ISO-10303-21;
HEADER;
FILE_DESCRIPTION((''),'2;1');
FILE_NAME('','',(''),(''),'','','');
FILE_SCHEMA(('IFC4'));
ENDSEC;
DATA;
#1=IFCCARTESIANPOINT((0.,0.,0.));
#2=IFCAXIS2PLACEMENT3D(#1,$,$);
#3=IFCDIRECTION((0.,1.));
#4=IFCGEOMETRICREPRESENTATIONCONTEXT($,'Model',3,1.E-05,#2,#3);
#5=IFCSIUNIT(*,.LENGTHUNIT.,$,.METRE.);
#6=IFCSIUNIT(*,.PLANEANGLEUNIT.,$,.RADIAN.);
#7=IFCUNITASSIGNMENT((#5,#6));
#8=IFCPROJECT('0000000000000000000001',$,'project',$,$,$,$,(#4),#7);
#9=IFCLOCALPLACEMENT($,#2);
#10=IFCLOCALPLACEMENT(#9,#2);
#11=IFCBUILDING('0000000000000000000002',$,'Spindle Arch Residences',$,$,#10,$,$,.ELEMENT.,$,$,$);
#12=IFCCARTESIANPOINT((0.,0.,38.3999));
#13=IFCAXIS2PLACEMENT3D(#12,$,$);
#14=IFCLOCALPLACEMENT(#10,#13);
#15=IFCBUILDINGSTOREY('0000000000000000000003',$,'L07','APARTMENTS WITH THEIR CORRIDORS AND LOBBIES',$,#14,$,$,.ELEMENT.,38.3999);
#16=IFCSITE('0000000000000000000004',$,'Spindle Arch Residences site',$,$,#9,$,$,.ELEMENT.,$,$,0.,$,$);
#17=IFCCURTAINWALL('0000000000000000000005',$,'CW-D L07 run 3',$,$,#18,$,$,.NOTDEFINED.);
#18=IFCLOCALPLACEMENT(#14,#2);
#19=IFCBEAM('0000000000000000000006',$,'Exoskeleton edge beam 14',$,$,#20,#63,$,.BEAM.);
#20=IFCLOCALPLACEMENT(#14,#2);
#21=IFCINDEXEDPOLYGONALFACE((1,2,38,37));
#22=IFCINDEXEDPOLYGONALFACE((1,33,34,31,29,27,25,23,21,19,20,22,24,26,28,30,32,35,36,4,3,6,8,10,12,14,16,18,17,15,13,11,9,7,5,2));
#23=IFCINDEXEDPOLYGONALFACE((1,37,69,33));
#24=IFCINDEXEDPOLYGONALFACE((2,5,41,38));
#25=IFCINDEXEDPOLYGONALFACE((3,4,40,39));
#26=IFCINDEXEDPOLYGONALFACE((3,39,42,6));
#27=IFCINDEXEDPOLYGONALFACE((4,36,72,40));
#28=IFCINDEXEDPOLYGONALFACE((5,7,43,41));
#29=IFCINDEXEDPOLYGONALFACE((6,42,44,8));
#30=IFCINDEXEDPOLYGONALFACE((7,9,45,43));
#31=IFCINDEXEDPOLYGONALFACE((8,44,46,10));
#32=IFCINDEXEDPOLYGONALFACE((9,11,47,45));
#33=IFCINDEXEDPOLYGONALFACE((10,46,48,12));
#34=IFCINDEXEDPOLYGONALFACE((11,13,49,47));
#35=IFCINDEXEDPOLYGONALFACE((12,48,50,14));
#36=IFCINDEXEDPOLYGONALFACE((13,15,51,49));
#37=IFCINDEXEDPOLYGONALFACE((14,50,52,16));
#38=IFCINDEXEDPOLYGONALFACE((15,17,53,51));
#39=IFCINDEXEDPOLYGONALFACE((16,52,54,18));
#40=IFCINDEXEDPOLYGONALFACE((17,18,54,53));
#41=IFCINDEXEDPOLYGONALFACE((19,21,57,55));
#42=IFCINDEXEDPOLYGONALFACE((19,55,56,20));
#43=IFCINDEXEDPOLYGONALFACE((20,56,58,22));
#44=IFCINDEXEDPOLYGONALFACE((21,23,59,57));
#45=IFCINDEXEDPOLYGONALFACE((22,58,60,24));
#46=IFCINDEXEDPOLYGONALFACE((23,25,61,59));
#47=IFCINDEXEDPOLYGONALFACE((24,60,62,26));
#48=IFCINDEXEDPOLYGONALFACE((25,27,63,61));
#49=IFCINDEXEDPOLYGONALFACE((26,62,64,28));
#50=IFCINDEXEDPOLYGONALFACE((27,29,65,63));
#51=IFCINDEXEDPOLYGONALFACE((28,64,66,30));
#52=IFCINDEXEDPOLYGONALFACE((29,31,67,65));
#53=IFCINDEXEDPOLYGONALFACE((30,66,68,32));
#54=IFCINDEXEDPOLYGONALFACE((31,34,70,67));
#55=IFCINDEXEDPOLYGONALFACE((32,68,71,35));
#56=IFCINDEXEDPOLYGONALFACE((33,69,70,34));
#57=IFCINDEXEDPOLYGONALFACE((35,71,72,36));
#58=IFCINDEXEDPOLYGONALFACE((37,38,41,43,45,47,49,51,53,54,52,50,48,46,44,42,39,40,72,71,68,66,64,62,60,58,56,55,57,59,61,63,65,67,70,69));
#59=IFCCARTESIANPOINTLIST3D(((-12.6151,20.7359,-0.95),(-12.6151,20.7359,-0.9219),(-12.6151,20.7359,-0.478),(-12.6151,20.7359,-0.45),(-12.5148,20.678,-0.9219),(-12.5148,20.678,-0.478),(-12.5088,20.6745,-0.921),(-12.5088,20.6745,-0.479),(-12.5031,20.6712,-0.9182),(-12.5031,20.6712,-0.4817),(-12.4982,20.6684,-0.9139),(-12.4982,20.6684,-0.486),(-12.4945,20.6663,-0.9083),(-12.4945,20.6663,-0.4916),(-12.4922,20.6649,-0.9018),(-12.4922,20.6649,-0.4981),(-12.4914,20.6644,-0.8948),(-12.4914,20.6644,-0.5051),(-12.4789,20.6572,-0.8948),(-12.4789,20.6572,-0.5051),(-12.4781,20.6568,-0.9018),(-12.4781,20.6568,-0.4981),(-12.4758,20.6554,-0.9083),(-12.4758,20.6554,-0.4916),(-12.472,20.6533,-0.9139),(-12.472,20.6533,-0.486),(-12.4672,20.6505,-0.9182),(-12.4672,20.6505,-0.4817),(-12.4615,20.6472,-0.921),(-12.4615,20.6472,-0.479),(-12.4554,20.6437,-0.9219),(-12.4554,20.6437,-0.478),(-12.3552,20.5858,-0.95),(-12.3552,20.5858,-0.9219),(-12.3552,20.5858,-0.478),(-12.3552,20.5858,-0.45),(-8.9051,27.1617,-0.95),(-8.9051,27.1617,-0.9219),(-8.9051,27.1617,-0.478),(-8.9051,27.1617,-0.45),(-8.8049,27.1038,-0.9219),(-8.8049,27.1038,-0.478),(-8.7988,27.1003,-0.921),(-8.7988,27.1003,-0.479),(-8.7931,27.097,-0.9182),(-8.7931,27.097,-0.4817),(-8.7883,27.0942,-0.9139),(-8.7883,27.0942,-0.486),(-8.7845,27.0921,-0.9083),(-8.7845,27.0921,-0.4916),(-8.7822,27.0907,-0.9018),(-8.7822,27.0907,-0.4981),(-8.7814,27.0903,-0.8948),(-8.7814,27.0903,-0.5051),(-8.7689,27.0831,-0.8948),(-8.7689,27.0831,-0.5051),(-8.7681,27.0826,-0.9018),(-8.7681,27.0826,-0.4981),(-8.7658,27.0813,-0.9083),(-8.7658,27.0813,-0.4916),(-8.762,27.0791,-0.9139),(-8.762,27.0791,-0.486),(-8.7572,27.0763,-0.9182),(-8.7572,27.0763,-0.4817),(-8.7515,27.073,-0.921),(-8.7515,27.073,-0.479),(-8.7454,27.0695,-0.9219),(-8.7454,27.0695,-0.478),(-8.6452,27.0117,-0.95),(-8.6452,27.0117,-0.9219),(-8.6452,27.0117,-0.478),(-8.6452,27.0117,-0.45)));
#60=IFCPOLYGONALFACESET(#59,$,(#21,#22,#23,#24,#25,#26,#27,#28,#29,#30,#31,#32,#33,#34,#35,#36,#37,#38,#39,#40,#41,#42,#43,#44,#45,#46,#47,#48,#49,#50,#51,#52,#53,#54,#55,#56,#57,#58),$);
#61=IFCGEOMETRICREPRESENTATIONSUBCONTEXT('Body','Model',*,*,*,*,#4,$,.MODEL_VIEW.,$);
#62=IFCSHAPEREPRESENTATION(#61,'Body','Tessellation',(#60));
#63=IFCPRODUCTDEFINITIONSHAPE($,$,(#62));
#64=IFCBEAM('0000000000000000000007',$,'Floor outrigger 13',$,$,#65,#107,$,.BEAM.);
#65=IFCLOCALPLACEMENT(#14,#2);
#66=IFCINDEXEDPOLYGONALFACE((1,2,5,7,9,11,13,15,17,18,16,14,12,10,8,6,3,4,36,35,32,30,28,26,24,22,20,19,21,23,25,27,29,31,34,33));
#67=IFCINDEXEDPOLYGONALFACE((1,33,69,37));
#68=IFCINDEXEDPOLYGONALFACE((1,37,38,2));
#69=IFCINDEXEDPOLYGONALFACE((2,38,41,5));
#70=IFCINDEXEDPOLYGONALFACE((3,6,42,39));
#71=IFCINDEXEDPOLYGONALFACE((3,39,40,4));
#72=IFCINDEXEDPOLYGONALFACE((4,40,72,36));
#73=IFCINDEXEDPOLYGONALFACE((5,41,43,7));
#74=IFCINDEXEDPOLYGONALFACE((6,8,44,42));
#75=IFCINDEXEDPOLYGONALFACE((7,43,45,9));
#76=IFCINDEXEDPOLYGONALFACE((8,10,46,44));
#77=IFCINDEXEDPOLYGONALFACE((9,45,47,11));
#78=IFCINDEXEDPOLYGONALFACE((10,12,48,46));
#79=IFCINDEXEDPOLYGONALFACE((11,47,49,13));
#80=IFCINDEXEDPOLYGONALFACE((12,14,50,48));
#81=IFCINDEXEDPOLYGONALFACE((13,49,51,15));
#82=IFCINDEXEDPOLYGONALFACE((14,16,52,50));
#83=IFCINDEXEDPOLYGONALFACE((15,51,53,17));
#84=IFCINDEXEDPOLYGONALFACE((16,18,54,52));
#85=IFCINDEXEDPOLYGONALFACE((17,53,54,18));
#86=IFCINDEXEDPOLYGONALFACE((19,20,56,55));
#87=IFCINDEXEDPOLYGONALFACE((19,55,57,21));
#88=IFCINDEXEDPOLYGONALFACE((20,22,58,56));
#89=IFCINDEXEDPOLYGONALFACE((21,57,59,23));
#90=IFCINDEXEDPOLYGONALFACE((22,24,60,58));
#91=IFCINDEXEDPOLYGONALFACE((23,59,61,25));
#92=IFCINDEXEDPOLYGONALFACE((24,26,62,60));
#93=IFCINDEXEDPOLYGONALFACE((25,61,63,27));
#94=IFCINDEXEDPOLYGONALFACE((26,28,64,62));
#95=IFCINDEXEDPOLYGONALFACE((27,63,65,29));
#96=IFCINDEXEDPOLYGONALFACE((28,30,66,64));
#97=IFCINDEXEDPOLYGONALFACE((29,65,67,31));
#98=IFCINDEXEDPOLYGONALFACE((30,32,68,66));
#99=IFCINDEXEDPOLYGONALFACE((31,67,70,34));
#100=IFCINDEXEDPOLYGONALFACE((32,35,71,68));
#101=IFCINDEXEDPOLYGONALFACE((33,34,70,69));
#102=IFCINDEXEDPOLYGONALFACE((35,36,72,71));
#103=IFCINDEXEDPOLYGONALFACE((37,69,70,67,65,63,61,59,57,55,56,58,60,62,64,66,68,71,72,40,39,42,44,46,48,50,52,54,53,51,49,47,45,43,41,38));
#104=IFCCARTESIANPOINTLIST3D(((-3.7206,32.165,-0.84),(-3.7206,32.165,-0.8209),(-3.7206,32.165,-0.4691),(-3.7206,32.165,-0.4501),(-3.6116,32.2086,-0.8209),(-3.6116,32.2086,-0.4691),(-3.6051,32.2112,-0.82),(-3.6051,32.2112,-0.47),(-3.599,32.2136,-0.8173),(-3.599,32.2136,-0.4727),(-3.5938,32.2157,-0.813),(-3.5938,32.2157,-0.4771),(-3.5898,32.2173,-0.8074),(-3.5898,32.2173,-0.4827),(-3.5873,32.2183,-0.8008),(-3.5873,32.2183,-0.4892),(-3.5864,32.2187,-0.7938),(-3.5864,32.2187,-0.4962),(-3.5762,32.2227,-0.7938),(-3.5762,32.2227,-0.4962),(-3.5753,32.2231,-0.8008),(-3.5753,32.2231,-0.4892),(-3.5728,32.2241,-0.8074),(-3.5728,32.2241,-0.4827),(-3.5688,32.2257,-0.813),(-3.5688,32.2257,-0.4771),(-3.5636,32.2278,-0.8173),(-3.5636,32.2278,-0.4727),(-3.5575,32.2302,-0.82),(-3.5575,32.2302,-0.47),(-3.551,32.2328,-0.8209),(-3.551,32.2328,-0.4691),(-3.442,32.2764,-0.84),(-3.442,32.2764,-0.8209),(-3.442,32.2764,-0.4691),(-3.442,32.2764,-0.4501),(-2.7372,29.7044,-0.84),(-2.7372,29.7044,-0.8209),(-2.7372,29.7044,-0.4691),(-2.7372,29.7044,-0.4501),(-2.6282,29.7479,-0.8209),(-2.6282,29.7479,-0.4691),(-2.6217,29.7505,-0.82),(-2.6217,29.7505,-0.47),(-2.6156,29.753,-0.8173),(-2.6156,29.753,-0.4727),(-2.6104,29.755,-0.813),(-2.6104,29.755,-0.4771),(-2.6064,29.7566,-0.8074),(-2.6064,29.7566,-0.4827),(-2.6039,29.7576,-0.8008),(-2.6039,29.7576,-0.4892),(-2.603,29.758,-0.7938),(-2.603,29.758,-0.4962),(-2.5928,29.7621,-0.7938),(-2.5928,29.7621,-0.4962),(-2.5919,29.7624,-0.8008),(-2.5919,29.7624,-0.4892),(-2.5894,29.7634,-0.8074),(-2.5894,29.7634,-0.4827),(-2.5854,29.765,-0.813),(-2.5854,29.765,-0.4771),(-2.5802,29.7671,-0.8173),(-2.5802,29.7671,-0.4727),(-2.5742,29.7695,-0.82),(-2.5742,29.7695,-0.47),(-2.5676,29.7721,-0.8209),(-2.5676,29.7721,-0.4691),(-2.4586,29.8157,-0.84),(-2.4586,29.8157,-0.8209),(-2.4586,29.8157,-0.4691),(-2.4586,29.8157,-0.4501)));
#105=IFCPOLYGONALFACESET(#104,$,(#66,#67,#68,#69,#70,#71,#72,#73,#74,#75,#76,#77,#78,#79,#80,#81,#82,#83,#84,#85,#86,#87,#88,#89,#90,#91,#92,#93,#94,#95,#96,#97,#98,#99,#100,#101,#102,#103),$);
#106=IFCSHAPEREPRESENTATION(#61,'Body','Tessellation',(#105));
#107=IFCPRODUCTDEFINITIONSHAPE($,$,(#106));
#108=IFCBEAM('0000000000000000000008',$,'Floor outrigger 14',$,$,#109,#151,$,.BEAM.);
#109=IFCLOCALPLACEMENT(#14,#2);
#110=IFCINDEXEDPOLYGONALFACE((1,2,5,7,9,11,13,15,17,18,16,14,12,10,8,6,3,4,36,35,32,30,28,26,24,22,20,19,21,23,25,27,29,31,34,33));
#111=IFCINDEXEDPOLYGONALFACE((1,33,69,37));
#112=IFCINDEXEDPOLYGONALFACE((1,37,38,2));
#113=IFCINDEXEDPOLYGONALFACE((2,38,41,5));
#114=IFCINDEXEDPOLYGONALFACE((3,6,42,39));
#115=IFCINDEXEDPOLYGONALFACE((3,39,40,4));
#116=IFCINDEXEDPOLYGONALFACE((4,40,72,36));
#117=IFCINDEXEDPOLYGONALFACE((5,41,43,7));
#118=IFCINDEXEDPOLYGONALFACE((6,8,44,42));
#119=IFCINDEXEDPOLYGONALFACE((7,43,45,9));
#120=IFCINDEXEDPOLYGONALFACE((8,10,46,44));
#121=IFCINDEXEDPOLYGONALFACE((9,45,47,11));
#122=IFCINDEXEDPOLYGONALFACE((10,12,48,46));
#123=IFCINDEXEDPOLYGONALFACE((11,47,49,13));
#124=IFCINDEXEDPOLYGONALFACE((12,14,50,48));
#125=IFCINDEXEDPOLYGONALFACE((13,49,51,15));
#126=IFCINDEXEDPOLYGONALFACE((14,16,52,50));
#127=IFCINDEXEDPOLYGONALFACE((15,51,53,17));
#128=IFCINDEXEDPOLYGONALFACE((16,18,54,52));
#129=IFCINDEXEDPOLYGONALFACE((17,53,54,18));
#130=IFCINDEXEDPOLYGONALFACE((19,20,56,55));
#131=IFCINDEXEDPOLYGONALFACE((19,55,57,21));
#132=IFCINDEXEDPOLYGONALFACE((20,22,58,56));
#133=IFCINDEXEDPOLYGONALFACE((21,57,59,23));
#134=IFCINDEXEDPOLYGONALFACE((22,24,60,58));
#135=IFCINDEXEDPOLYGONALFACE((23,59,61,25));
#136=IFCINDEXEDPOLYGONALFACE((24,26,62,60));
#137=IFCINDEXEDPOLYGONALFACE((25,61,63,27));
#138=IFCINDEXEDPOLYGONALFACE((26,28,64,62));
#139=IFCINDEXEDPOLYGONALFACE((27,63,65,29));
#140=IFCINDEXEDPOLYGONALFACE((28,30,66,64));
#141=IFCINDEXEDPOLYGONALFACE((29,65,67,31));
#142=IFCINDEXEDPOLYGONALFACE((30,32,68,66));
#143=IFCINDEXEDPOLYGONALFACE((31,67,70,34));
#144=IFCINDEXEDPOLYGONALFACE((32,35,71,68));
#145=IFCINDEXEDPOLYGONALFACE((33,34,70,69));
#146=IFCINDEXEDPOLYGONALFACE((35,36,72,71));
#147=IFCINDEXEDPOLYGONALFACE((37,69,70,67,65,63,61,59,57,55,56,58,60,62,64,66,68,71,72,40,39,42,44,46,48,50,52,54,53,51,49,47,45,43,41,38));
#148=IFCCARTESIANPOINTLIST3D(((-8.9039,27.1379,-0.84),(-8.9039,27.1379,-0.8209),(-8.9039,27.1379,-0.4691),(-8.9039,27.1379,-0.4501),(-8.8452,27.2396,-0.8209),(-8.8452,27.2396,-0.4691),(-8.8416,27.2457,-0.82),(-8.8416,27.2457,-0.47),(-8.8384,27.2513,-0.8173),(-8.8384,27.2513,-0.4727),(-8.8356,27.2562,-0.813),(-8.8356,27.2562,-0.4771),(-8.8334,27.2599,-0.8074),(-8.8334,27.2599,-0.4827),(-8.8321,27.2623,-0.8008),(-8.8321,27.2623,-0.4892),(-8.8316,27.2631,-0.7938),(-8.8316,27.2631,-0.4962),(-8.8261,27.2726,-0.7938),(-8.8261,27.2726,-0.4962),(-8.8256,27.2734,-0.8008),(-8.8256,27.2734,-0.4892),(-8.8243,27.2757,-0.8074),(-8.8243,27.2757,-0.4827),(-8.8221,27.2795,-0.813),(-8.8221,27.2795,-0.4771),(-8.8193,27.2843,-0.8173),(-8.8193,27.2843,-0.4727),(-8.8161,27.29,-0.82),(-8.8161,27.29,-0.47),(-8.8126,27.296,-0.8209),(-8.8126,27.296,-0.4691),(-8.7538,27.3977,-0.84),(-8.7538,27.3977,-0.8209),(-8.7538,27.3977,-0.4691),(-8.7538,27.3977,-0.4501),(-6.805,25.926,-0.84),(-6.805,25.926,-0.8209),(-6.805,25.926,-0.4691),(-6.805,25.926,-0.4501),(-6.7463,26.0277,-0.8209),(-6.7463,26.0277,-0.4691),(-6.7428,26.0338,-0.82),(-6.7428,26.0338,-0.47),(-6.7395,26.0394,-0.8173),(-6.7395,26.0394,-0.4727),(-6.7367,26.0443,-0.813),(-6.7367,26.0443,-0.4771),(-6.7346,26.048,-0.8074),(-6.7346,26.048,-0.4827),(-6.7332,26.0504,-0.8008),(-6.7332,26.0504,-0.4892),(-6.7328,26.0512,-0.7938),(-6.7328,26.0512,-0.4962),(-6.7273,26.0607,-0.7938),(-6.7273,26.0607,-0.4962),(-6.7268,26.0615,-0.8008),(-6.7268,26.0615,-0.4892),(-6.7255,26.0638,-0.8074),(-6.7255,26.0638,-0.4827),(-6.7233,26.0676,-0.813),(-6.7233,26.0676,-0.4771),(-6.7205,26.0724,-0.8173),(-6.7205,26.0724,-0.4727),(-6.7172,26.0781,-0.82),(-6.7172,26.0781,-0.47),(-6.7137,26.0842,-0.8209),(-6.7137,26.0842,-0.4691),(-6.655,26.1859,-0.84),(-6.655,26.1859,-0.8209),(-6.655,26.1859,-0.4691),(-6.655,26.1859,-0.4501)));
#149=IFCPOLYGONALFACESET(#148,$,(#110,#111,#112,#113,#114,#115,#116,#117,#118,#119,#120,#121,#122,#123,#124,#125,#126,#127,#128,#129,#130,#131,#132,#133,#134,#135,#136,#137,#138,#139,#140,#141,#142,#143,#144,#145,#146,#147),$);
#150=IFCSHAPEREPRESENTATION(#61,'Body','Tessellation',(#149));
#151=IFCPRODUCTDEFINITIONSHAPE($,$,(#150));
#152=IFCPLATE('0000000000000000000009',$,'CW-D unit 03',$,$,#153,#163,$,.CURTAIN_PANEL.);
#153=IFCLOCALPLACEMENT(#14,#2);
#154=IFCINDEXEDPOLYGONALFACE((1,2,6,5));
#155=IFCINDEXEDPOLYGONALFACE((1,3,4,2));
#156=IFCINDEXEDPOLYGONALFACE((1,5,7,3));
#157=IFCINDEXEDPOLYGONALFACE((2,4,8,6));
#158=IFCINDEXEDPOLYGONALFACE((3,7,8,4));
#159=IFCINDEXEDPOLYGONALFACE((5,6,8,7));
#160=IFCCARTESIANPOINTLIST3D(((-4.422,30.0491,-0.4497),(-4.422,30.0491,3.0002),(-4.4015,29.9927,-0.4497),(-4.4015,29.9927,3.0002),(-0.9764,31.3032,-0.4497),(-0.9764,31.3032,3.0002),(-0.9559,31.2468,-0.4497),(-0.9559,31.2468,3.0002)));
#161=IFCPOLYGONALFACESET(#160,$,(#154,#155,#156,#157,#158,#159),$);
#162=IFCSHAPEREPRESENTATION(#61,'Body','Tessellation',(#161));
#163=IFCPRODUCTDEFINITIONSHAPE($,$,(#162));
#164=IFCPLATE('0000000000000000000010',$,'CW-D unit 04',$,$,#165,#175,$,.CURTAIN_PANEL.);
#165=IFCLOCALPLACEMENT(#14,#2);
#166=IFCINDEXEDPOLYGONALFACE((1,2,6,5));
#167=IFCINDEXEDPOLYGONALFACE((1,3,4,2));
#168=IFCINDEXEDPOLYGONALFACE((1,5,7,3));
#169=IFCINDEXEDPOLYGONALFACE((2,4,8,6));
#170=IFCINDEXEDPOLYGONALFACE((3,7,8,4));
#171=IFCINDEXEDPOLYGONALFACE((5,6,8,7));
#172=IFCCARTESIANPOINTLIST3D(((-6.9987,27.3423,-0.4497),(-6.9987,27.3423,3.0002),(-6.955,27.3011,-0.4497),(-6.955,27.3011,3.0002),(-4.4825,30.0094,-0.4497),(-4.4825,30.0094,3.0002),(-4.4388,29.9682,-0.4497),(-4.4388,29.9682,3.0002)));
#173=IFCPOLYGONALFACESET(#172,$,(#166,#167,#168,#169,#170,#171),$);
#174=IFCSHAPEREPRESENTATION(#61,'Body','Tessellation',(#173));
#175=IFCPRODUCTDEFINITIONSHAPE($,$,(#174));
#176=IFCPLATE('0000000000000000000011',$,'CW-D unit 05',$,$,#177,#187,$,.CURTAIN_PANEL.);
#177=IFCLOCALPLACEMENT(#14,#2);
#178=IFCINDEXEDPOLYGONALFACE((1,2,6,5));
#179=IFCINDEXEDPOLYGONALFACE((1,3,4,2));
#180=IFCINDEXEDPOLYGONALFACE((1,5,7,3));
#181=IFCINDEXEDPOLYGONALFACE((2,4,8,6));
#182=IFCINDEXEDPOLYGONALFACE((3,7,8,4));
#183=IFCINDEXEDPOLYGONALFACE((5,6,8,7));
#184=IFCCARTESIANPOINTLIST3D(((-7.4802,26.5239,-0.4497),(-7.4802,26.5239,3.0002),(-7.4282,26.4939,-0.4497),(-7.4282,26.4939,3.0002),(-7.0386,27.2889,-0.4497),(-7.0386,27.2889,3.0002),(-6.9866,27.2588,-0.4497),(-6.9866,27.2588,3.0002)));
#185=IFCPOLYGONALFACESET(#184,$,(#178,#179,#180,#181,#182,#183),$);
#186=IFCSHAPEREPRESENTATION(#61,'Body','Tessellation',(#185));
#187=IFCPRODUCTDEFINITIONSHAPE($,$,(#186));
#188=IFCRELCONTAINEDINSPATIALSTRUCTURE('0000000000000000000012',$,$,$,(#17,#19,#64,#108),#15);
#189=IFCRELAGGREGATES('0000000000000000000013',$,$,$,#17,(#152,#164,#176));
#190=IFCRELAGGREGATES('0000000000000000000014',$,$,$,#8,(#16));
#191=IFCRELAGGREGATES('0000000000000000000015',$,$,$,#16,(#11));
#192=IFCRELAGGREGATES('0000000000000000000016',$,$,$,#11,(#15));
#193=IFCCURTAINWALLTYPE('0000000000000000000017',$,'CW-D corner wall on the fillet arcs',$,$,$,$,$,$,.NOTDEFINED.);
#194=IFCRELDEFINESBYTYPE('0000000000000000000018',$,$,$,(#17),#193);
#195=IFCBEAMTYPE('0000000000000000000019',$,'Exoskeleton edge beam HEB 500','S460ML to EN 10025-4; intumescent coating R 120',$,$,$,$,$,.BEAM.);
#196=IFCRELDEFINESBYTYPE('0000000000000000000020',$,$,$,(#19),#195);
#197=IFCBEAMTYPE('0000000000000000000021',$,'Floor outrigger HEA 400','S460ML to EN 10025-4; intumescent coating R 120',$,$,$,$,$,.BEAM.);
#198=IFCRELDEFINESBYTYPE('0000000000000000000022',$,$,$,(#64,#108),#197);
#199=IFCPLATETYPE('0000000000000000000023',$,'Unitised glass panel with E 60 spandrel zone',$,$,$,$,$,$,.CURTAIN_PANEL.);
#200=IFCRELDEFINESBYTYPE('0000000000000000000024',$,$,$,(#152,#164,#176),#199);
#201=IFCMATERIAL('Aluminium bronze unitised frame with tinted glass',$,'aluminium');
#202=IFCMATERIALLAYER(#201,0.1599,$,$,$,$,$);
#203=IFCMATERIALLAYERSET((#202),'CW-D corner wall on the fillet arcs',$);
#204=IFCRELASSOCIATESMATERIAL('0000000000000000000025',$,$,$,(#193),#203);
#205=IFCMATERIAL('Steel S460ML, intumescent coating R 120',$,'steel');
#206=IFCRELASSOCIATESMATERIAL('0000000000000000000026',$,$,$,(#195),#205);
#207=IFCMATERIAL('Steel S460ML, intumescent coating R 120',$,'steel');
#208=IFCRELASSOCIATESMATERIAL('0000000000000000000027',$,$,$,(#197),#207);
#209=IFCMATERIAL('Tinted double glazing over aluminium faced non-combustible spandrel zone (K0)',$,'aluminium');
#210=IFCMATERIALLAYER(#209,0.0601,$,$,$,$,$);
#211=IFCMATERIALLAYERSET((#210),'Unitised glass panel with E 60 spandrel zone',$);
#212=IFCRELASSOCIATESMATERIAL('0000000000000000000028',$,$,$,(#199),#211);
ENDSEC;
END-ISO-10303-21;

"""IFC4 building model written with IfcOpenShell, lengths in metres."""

from ifc_helpers import new_model, si_unit, direction, frame, origin, origin_2d, place, context, subcontext, project, spatial, rectangle, i_section, extrude, material, layer, layer_set, material_profile, profile_set, type_object, element, aggregate, save


model = new_model("IFC4")

# Units and contexts
model_context = context("Model", 3, precision=1e-05, world=origin(), true_north=direction((0.0, 1.0)))
body_context = subcontext(model_context, "Body", "Model", "MODEL_VIEW")
ifc_project = project(units=[si_unit("LENGTHUNIT", "METRE"), si_unit("PLANEANGLEUNIT", "RADIAN")], contexts=[model_context])

# Site, building, storey
site_placement = place(None, origin())
site = spatial("IfcSite", under=ifc_project, at=site_placement, Name="Spindle Arch Residences site", CompositionType="ELEMENT", RefElevation=0.0)
building_placement = place(site_placement, origin())
building = spatial("IfcBuilding", under=site, at=building_placement, Name="Spindle Arch Residences", CompositionType="ELEMENT")
storey_placement = place(building_placement, frame((0.0, 0.0, 38.3999)))
storey = spatial("IfcBuildingStorey", under=building, at=storey_placement, Name="L07", Description="APARTMENTS WITH THEIR CORRIDORS AND LOBBIES", CompositionType="ELEMENT", Elevation=38.3999)

# Curtain wall
ifc_material_1 = material(Name="Aluminium bronze unitised frame with tinted glass", Category="aluminium")
ifc_layer_1 = layer(ifc_material_1, 0.1599)
ifc_layer_set_1 = layer_set([ifc_layer_1], Name="CW-D corner wall on the fillet arcs")
curtain_wall_type_1 = type_object("IfcCurtainWallType", Name="CW-D corner wall on the fillet arcs", PredefinedType="NOTDEFINED", material=ifc_layer_set_1)
curtain_wall_1_placement = place(storey_placement, origin())
curtain_wall_1 = element("IfcCurtainWall", 1, at=curtain_wall_1_placement, inside=storey, type_object=curtain_wall_type_1, Name="CW-D L07 run 3", PredefinedType="NOTDEFINED")

# Beams
ifc_material_2 = material(Name="Steel S460ML, intumescent coating R 120", Category="steel")
ifc_material_profile_1 = material_profile(ifc_material_2, i_section(OverallWidth=0.3, OverallDepth=0.5, WebThickness=0.0144, FlangeThickness=0.0281, FilletRadius=0.0271, at=origin_2d()), Name="HEB 500")
ifc_profile_set_1 = profile_set([ifc_material_profile_1], Name="Steel S460ML, intumescent coating R 120")
beam_type_1 = type_object("IfcBeamType", Name="Exoskeleton edge beam HEB 500", Description="S460ML to EN 10025-4; intumescent coating R 120", PredefinedType="BEAM", material=ifc_profile_set_1)
beam_1_placement = place(storey_placement, frame((-8.7751, 27.0867, -0.7), z_axis=(-0.500003, -0.866023, 0.0), x_axis=(0.866023, -0.500003, 0.0)))
element("IfcBeam", 2, at=beam_1_placement, inside=storey, type_object=beam_type_1, Name="Exoskeleton edge beam 14", PredefinedType="BEAM", context=body_context, shape_type="SweptSolid", body=[
    extrude(i_section(OverallWidth=0.3, OverallDepth=0.5, WebThickness=0.0144, FlangeThickness=0.0281, FilletRadius=0.0271, at=origin_2d()), origin(), (0.0, 0.0, 1.0), 7.4199),
])
ifc_material_3 = material(Name="Steel S460ML, intumescent coating R 120", Category="steel")
ifc_material_profile_2 = material_profile(ifc_material_3, i_section(OverallWidth=0.3, OverallDepth=0.3899, WebThickness=0.011, FlangeThickness=0.019, FilletRadius=0.0271, at=origin_2d()), Name="HEA 400")
ifc_profile_set_2 = profile_set([ifc_material_profile_2], Name="Steel S460ML, intumescent coating R 120")
beam_type_2 = type_object("IfcBeamType", Name="Floor outrigger HEA 400", Description="S460ML to EN 10025-4; intumescent coating R 120", PredefinedType="BEAM", material=ifc_profile_set_2)
beam_2_placement = place(storey_placement, frame((-3.5813, 32.2207, -0.645), z_axis=(0.371105, -0.928591, 0.0), x_axis=(0.928591, 0.371105, 0.0)))
element("IfcBeam", 3, at=beam_2_placement, inside=storey, type_object=beam_type_2, Name="Floor outrigger 13", PredefinedType="BEAM", context=body_context, shape_type="SweptSolid", body=[
    extrude(i_section(OverallWidth=0.3, OverallDepth=0.3899, WebThickness=0.011, FlangeThickness=0.019, FilletRadius=0.0271, at=origin_2d()), origin(), (0.0, 0.0, 1.0), 2.6499),
])
beam_3_placement = place(storey_placement, frame((-8.8289, 27.2678, -0.645), z_axis=(0.866003, -0.500039, 0.0), x_axis=(0.500039, 0.866003, 0.0)))
element("IfcBeam", 4, at=beam_3_placement, inside=storey, type_object=beam_type_2, Name="Floor outrigger 14", PredefinedType="BEAM", context=body_context, shape_type="SweptSolid", body=[
    extrude(i_section(OverallWidth=0.3, OverallDepth=0.3899, WebThickness=0.011, FlangeThickness=0.019, FilletRadius=0.0271, at=origin_2d()), origin(), (0.0, 0.0, 1.0), 2.4236),
])

# Plates
ifc_material_4 = material(Name="Tinted double glazing over aluminium faced non-combustible spandrel zone (K0)", Category="aluminium")
ifc_layer_2 = layer(ifc_material_4, 0.0601)
ifc_layer_set_2 = layer_set([ifc_layer_2], Name="Unitised glass panel with E 60 spandrel zone")
plate_type = type_object("IfcPlateType", Name="Unitised glass panel with E 60 spandrel zone", PredefinedType="CURTAIN_PANEL", material=ifc_layer_set_2)
plate_1_placement = place(storey_placement, frame((-2.689, 30.6479, -0.4497), z_axis=(0.0, 0.0, 1.0), x_axis=(-0.939693, -0.34202, 0.0)))
plate_1 = element("IfcPlate", 5, at=plate_1_placement, type_object=plate_type, Name="CW-D unit 03", PredefinedType="CURTAIN_PANEL", context=body_context, shape_type="SweptSolid", body=[
    extrude(rectangle(XDim=3.6667, YDim=0.0601, at=origin_2d()), origin(), (0.0, 0.0, 1.0), 3.45),
])
plate_2_placement = place(storey_placement, frame((-5.7188, 28.6553, -0.4497), z_axis=(0.0, 0.0, 1.0), x_axis=(-0.686242, -0.727374, 0.0)))
plate_2 = element("IfcPlate", 6, at=plate_2_placement, type_object=plate_type, Name="CW-D unit 04", PredefinedType="CURTAIN_PANEL", context=body_context, shape_type="SweptSolid", body=[
    extrude(rectangle(XDim=3.6667, YDim=0.0601, at=origin_2d()), origin(), (0.0, 0.0, 1.0), 3.45),
])
plate_3_placement = place(storey_placement, frame((-7.2334, 26.8914, -0.4497), z_axis=(0.0, 0.0, 1.0), x_axis=(-0.5, -0.866025, 0.0)))
plate_3 = element("IfcPlate", 7, at=plate_3_placement, type_object=plate_type, Name="CW-D unit 05", PredefinedType="CURTAIN_PANEL", context=body_context, shape_type="SweptSolid", body=[
    extrude(rectangle(XDim=0.8833, YDim=0.0601, at=origin_2d()), origin(), (0.0, 0.0, 1.0), 3.45),
])
aggregate(curtain_wall_1, [plate_1, plate_2, plate_3])

save(model, "model.ifc")
